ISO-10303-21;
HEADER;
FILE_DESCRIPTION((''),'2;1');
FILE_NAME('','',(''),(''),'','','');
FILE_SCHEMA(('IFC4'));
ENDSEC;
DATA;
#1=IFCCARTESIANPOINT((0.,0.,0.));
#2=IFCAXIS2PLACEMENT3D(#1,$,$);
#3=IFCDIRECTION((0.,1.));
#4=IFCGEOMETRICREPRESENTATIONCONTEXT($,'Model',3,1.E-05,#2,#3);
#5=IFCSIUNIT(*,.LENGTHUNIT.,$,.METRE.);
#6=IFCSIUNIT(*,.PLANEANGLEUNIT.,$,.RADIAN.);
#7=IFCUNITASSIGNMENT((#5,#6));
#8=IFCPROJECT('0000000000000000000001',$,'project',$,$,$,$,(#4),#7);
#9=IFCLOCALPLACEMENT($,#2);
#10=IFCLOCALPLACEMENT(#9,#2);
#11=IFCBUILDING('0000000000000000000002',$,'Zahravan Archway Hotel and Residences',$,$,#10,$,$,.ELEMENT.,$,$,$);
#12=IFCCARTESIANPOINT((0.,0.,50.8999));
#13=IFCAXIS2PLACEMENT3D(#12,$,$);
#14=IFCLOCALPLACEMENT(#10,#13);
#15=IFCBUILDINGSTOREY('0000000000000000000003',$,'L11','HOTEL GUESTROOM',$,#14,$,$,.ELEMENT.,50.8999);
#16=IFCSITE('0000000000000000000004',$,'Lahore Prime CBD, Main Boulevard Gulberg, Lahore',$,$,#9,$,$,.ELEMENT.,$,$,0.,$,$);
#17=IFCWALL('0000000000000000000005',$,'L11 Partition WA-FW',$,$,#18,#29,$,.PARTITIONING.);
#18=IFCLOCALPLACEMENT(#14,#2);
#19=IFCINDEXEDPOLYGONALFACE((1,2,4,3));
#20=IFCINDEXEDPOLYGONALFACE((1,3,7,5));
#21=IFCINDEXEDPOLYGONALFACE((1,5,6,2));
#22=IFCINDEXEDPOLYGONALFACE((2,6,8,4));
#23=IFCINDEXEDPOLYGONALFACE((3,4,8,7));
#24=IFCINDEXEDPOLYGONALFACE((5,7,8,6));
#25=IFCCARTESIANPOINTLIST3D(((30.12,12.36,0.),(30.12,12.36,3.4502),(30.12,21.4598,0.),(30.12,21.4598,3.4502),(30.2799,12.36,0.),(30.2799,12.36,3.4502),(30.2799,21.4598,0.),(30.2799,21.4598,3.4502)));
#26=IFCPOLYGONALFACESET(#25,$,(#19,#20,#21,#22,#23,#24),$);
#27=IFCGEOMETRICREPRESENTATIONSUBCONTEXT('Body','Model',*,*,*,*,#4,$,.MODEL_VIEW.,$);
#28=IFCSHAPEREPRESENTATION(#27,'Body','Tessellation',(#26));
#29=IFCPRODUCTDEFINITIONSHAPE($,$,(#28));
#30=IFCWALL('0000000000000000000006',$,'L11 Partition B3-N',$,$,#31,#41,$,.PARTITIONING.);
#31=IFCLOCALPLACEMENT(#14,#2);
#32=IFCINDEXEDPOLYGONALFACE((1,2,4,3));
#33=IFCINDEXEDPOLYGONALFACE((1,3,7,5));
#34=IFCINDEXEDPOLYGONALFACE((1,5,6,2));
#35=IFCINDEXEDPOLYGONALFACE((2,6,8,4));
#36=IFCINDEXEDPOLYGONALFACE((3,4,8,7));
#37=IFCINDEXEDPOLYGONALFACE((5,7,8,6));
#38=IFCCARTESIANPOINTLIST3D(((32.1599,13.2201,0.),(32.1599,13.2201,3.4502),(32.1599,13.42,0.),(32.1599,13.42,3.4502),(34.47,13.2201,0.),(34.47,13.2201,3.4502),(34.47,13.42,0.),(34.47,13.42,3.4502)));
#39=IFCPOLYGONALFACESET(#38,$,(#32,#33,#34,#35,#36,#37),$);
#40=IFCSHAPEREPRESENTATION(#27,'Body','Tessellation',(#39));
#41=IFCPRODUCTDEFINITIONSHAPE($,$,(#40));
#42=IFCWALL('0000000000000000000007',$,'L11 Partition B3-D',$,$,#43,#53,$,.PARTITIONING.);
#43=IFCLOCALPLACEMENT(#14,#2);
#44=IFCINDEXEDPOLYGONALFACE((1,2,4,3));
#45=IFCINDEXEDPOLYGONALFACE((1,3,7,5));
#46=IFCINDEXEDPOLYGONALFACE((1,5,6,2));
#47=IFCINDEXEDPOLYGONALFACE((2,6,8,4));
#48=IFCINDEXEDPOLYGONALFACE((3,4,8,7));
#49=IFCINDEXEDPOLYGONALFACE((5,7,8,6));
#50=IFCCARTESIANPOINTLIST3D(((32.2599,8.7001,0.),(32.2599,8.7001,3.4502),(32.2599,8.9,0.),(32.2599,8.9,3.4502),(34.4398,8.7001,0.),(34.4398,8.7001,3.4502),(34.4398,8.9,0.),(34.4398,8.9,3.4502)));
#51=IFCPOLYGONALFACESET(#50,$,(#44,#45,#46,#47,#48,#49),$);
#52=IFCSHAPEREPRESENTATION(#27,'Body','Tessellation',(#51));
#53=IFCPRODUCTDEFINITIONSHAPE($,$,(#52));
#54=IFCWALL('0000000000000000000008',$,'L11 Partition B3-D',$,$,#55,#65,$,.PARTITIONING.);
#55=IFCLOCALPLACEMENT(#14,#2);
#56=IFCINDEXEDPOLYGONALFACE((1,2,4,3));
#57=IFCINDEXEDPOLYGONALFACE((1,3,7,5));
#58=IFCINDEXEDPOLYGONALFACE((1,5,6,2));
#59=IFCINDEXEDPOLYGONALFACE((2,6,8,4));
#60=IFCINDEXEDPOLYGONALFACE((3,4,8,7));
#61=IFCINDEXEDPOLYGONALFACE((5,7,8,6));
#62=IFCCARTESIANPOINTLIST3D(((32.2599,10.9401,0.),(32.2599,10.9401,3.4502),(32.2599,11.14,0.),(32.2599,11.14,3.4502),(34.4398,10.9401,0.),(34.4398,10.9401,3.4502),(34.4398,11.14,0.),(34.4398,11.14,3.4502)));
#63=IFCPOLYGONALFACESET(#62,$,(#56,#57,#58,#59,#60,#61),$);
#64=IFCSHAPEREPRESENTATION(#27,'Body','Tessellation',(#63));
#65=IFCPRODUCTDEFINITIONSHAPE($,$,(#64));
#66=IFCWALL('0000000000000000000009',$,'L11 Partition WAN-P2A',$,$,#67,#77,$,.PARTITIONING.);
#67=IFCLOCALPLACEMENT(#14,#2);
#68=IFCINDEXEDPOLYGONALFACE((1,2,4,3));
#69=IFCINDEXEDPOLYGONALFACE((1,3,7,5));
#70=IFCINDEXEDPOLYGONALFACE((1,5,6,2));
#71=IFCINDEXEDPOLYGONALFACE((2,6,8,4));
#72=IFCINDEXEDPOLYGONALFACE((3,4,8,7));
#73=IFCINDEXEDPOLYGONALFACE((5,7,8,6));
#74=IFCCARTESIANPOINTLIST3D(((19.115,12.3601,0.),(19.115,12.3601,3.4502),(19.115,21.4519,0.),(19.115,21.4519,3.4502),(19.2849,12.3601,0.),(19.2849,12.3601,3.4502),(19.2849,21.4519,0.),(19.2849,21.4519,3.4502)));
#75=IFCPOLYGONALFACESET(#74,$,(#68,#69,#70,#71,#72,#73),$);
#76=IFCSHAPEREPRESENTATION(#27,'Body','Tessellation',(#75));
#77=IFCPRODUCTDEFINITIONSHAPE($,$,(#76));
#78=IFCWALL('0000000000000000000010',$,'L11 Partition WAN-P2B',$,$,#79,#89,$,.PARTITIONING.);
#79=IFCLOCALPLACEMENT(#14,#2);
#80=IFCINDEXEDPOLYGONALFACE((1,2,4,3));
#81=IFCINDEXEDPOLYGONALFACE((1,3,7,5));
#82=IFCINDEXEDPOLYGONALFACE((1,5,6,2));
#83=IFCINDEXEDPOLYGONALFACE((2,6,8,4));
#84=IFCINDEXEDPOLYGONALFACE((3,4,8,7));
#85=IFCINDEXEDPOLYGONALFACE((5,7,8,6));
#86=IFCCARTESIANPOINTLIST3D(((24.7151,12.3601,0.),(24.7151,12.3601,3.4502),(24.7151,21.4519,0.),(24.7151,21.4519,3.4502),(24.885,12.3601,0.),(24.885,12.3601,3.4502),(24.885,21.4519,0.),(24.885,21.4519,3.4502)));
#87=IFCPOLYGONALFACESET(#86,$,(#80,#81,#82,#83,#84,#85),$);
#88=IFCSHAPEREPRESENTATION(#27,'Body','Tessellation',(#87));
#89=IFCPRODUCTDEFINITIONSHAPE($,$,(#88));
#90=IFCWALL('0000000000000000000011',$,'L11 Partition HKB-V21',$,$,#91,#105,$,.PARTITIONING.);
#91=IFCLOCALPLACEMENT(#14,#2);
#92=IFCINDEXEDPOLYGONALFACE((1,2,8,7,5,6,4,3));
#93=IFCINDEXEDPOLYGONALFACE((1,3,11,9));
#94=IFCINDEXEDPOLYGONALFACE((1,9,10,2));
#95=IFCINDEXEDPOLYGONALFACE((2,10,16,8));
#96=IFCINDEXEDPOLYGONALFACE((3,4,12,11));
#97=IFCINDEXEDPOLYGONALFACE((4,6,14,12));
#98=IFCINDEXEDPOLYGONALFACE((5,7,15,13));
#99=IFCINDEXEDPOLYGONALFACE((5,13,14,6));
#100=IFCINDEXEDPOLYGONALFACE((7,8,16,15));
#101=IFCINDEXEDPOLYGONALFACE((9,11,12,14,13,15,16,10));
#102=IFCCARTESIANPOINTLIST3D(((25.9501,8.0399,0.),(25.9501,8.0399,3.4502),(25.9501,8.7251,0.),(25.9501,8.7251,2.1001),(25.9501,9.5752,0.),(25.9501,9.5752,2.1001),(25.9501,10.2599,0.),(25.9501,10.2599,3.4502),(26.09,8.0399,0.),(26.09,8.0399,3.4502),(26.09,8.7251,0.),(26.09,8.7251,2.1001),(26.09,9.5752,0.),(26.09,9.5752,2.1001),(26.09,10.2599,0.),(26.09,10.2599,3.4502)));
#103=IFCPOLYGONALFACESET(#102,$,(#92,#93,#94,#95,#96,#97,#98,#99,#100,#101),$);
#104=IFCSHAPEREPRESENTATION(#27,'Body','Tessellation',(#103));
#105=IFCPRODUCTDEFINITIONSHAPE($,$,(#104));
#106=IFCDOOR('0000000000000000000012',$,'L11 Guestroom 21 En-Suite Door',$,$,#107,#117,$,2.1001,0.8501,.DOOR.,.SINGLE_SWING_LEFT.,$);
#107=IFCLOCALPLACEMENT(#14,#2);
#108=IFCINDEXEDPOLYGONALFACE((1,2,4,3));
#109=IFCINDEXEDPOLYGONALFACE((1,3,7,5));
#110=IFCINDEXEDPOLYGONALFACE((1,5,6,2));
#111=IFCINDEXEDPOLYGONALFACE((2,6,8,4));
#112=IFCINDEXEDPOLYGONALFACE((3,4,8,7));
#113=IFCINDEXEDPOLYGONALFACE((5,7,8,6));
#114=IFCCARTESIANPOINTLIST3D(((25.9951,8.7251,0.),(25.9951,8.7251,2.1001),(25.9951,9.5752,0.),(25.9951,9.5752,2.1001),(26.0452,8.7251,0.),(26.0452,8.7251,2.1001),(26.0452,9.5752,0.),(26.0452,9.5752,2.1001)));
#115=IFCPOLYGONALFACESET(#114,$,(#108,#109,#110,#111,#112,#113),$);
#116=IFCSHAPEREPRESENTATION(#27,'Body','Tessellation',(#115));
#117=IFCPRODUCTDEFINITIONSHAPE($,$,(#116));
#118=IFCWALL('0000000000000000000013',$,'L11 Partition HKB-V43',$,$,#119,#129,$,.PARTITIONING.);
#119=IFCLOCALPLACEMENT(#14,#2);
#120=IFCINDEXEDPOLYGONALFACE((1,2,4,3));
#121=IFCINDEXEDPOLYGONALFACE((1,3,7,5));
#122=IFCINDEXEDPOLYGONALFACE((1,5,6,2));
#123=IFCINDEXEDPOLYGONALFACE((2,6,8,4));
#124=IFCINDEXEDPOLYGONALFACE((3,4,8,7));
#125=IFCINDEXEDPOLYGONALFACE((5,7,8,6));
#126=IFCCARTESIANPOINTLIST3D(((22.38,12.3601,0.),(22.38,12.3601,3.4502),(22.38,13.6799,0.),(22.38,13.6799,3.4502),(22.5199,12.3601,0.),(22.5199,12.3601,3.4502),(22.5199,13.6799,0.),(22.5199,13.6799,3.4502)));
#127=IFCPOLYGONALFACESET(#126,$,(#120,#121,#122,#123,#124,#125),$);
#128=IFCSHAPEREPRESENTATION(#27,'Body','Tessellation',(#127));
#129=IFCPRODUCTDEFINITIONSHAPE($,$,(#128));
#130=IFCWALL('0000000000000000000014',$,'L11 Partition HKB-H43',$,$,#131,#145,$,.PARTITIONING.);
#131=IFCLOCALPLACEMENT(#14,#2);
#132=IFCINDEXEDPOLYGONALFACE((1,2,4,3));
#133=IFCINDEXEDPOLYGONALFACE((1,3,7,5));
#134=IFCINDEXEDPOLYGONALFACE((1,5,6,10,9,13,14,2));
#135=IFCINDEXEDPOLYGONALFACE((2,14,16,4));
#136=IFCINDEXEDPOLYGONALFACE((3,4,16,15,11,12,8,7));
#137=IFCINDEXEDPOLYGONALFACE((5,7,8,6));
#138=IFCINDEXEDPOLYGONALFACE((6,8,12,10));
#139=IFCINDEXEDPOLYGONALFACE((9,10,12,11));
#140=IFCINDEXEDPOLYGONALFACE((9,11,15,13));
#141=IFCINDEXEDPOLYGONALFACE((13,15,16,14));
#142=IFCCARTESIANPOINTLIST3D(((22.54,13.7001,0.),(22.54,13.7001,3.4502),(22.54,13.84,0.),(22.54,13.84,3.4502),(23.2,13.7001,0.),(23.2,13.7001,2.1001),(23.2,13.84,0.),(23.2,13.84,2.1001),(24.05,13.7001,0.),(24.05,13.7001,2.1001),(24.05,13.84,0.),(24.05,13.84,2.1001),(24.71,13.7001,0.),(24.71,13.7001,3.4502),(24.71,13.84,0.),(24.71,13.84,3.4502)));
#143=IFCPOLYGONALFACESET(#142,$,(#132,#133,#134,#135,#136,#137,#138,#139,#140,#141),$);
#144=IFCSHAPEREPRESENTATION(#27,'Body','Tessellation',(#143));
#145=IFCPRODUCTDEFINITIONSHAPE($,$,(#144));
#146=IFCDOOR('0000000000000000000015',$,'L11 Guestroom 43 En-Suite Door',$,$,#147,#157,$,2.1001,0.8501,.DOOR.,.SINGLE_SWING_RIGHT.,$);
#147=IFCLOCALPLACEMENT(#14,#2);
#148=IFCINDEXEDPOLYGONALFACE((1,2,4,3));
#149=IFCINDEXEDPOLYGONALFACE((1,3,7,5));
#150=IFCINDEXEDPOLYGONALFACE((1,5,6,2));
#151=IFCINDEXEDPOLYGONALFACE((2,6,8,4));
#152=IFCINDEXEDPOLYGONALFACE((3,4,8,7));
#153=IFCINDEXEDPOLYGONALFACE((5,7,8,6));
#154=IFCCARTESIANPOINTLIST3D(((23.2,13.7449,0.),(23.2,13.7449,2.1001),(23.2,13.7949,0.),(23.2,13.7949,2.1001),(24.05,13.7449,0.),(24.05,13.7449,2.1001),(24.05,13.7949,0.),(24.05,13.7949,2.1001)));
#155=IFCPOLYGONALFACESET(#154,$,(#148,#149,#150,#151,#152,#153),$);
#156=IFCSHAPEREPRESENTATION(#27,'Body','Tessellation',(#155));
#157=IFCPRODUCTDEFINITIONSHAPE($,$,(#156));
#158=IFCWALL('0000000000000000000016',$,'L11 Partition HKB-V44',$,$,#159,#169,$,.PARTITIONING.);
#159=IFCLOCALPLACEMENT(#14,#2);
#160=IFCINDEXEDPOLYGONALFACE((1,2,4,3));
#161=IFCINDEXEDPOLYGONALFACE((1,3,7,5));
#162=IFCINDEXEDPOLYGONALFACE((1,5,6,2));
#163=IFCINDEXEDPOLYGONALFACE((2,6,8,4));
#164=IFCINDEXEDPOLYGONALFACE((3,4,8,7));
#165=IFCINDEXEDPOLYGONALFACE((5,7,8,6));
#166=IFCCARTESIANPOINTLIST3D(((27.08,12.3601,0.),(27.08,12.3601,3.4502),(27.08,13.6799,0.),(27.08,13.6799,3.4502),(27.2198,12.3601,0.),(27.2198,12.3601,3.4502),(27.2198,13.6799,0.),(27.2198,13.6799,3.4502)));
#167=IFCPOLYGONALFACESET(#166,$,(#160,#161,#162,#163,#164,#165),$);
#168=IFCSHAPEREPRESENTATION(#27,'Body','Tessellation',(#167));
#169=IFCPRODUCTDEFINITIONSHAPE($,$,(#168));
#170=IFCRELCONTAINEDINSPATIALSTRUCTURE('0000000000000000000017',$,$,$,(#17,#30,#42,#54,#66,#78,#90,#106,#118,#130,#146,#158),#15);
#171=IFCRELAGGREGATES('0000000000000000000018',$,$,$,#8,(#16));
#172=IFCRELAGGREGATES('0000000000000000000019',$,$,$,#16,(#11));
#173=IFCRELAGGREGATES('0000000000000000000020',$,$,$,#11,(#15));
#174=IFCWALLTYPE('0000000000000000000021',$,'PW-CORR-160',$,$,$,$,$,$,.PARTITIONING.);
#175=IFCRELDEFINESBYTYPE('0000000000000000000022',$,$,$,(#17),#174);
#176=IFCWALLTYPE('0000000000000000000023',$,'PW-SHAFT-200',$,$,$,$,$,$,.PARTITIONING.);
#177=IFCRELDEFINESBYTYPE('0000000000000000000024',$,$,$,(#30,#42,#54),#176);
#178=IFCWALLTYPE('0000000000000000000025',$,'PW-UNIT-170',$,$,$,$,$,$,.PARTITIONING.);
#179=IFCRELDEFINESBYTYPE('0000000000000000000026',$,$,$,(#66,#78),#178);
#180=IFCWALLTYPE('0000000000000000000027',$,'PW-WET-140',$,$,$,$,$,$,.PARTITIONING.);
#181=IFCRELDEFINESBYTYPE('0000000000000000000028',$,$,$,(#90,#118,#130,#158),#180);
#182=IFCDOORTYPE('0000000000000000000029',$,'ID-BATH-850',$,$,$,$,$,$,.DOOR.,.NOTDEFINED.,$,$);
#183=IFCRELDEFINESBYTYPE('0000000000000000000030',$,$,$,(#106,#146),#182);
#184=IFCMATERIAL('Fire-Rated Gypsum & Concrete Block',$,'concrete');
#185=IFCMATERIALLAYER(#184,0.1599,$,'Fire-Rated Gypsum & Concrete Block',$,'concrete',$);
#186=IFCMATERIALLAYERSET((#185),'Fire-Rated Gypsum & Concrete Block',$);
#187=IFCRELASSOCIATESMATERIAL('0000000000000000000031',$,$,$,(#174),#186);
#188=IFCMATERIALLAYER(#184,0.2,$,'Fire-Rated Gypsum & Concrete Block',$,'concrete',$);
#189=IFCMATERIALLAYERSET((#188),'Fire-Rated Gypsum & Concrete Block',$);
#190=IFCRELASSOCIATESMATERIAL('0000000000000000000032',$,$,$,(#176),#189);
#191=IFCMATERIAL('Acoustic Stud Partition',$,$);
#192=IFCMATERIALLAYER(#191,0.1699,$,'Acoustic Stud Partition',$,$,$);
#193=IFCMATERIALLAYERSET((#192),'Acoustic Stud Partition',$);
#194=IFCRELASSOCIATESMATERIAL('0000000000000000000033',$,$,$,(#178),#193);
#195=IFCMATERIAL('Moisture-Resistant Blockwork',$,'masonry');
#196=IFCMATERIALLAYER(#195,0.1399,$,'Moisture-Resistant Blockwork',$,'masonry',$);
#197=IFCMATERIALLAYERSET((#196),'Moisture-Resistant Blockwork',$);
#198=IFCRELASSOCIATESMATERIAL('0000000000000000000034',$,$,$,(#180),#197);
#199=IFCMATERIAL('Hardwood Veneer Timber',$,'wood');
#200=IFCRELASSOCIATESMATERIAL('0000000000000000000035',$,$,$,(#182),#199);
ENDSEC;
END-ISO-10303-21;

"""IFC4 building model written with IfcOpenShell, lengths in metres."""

from ifc_helpers import new_model, si_unit, direction, frame, frame_2d, origin, place, context, subcontext, project, spatial, rectangle, extrude, source, transform, mapped, material, layer, layer_set, type_object, type_shapes, element, fill, save


model = new_model("IFC4")

# Units and contexts
model_context = context("Model", 3, precision=1e-05, world=origin(), true_north=direction((0.0, 1.0)))
body_context = subcontext(model_context, "Body", "Model", "MODEL_VIEW")
ifc_project = project(units=[si_unit("LENGTHUNIT", "METRE"), si_unit("PLANEANGLEUNIT", "RADIAN")], contexts=[model_context])

# Site, building, storey
site_placement = place(None, origin())
site = spatial("IfcSite", under=ifc_project, at=site_placement, Name="Lahore Prime CBD, Main Boulevard Gulberg, Lahore", CompositionType="ELEMENT", RefElevation=0.0)
building_placement = place(site_placement, origin())
building = spatial("IfcBuilding", under=site, at=building_placement, Name="Zahravan Archway Hotel and Residences", CompositionType="ELEMENT")
storey_placement = place(building_placement, frame((0.0, 0.0, 50.8999)))
storey = spatial("IfcBuildingStorey", under=building, at=storey_placement, Name="L11", Description="HOTEL GUESTROOM", CompositionType="ELEMENT", Elevation=50.8999)

# Walls
ifc_material_1 = material(Name="Fire-Rated Gypsum & Concrete Block", Category="concrete")
ifc_layer_1 = layer(ifc_material_1, 0.1599, Name="Fire-Rated Gypsum & Concrete Block", Category="concrete")
ifc_layer_set_1 = layer_set([ifc_layer_1], Name="Fire-Rated Gypsum & Concrete Block")
wall_type_1 = type_object("IfcWallType", Name="PW-CORR-160", PredefinedType="PARTITIONING", material=ifc_layer_set_1)
wall_1_placement = place(storey_placement, frame((30.2, 12.3601, 0.0), z_axis=(0.0, 0.0, 1.0), x_axis=(0.0, 1.0, 0.0)))
element("IfcWall", 1, at=wall_1_placement, inside=storey, type_object=wall_type_1, Name="L11 Partition WA-FW", PredefinedType="PARTITIONING", context=body_context, shape_type="SweptSolid", body=[
    extrude(rectangle(XDim=9.0999, YDim=0.1599, at=frame_2d((4.5498, 0.0))), origin(), (0.0, 0.0, 1.0), 3.4502),
])
ifc_layer_2 = layer(ifc_material_1, 0.2, Name="Fire-Rated Gypsum & Concrete Block", Category="concrete")
ifc_layer_set_2 = layer_set([ifc_layer_2], Name="Fire-Rated Gypsum & Concrete Block")
wall_type_2 = type_object("IfcWallType", Name="PW-SHAFT-200", PredefinedType="PARTITIONING", material=ifc_layer_set_2)
wall_2_placement = place(storey_placement, frame((32.1599, 13.3201, 0.0), z_axis=(0.0, 0.0, 1.0), x_axis=(1.0, 0.0, 0.0)))
element("IfcWall", 2, at=wall_2_placement, inside=storey, type_object=wall_type_2, Name="L11 Partition B3-N", PredefinedType="PARTITIONING", context=body_context, shape_type="SweptSolid", body=[
    extrude(rectangle(XDim=2.3101, YDim=0.2, at=frame_2d((1.155, 0.0))), origin(), (0.0, 0.0, 1.0), 3.4502),
])
for number, where, z_axis, x_axis, name in (
    (3, (32.26, 8.8, 0.0), (0.0, 0.0, 1.0), (1.0, 0.0, 0.0), "L11 Partition B3-D"),
    (4, (32.26, 11.04, 0.0), (0.0, 0.0, 1.0), (1.0, 0.0, 0.0), "L11 Partition B3-D"),
):
    element("IfcWall", number, at=place(storey_placement, frame(where, z_axis=z_axis, x_axis=x_axis)), inside=storey, type_object=wall_type_2, Name=name, PredefinedType="PARTITIONING", context=body_context, shape_type="SweptSolid", body=[
        extrude(rectangle(XDim=2.1799, YDim=0.2, at=frame_2d((1.0898, 0.0))), origin(), (0.0, 0.0, 1.0), 3.4502),
    ])
ifc_material_2 = material(Name="Acoustic Stud Partition")
ifc_layer_3 = layer(ifc_material_2, 0.1699, Name="Acoustic Stud Partition")
ifc_layer_set_3 = layer_set([ifc_layer_3], Name="Acoustic Stud Partition")
wall_type_3 = type_object("IfcWallType", Name="PW-UNIT-170", PredefinedType="PARTITIONING", material=ifc_layer_set_3)
for number, where, z_axis, x_axis, name in (
    (5, (19.2, 12.3601, 0.0), (0.0, 0.0, 1.0), (0.0, 1.0, 0.0), "L11 Partition WAN-P2A"),
    (6, (24.8, 12.3601, 0.0), (0.0, 0.0, 1.0), (0.0, 1.0, 0.0), "L11 Partition WAN-P2B"),
):
    element("IfcWall", number, at=place(storey_placement, frame(where, z_axis=z_axis, x_axis=x_axis)), inside=storey, type_object=wall_type_3, Name=name, PredefinedType="PARTITIONING", context=body_context, shape_type="SweptSolid", body=[
        extrude(rectangle(XDim=9.0918, YDim=0.1699, at=frame_2d((4.5459, 0.0))), origin(), (0.0, 0.0, 1.0), 3.4502),
    ])

# Wall, opening, door
ifc_material_3 = material(Name="Moisture-Resistant Blockwork", Category="masonry")
ifc_layer_4 = layer(ifc_material_3, 0.1399, Name="Moisture-Resistant Blockwork", Category="masonry")
ifc_layer_set_4 = layer_set([ifc_layer_4], Name="Moisture-Resistant Blockwork")
wall_type_4 = type_object("IfcWallType", Name="PW-WET-140", PredefinedType="PARTITIONING", material=ifc_layer_set_4)
wall_3_placement = place(storey_placement, frame((26.02, 8.04, 0.0), z_axis=(0.0, 0.0, 1.0), x_axis=(0.0, 1.0, 0.0)))
wall_3 = element("IfcWall", 7, at=wall_3_placement, inside=storey, type_object=wall_type_4, Name="L11 Partition HKB-V21", PredefinedType="PARTITIONING", context=body_context, shape_type="SweptSolid", body=[
    extrude(rectangle(XDim=2.22, YDim=0.1399, at=frame_2d((1.1099, 0.0))), origin(), (0.0, 0.0, 1.0), 3.4502),
])
opening_1_placement = place(wall_3_placement, frame((0.6851, 0.0, 0.0)))
opening_1 = element("IfcOpeningElement", 8, at=opening_1_placement, cuts=wall_3, PredefinedType="OPENING", context=body_context, shape_type="SweptSolid", body=[
    extrude(rectangle(XDim=0.8501, YDim=2.1001, at=frame_2d((0.425, 1.05))), frame((0.0, 0.0801, 0.0), z_axis=(0.0, -1.0, 0.0), x_axis=(1.0, 0.0, 0.0)), (0.0, 0.0, 1.0), 0.1599),
])
ifc_material_4 = material(Name="Hardwood Veneer Timber", Category="wood")
door_type_1 = type_object("IfcDoorType", Name="ID-BATH-850", OperationType="NOTDEFINED", PredefinedType="DOOR", material=ifc_material_4)
shared_shape_1 = source(origin(), body_context, "Body", "SweptSolid", [
    extrude(rectangle(XDim=0.8501, YDim=2.1001, at=frame_2d((0.425, 1.05))), frame((0.0, 0.0249, 0.0), z_axis=(0.0, -1.0, 0.0), x_axis=(1.0, 0.0, 0.0)), (0.0, 0.0, 1.0), 0.05),
])
type_shapes(door_type_1, [shared_shape_1])
door_1_placement = place(opening_1_placement, origin())
door_1 = element("IfcDoor", 9, at=door_1_placement, inside=storey, type_object=door_type_1, Name="L11 Guestroom 21 En-Suite Door", OperationType="SINGLE_SWING_LEFT", OverallHeight=2.1001, OverallWidth=0.8501, PredefinedType="DOOR", context=body_context, shape_type="MappedRepresentation", body=[
    mapped(shared_shape_1, transform((0.0, 0.0, 0.0), scale=1.0)),
])
fill(opening_1, door_1)

# Wall
wall_4_placement = place(storey_placement, frame((22.45, 12.3601, 0.0), z_axis=(0.0, 0.0, 1.0), x_axis=(0.0, 1.0, 0.0)))
element("IfcWall", 10, at=wall_4_placement, inside=storey, type_object=wall_type_4, Name="L11 Partition HKB-V43", PredefinedType="PARTITIONING", context=body_context, shape_type="SweptSolid", body=[
    extrude(rectangle(XDim=1.3198, YDim=0.1399, at=frame_2d((0.6599, 0.0))), origin(), (0.0, 0.0, 1.0), 3.4502),
])

# Wall, opening, door
wall_5_placement = place(storey_placement, frame((22.54, 13.77, 0.0), z_axis=(0.0, 0.0, 1.0), x_axis=(1.0, 0.0, 0.0)))
wall_5 = element("IfcWall", 11, at=wall_5_placement, inside=storey, type_object=wall_type_4, Name="L11 Partition HKB-H43", PredefinedType="PARTITIONING", context=body_context, shape_type="SweptSolid", body=[
    extrude(rectangle(XDim=2.1699, YDim=0.1399, at=frame_2d((1.085, 0.0))), origin(), (0.0, 0.0, 1.0), 3.4502),
])
opening_2_placement = place(wall_5_placement, frame((0.6599, 0.0, 0.0)))
opening_2 = element("IfcOpeningElement", 12, at=opening_2_placement, cuts=wall_5, PredefinedType="OPENING", context=body_context, shape_type="SweptSolid", body=[
    extrude(rectangle(XDim=0.8501, YDim=2.1001, at=frame_2d((0.425, 1.05))), frame((0.0, 0.0801, 0.0), z_axis=(0.0, -1.0, 0.0), x_axis=(1.0, 0.0, 0.0)), (0.0, 0.0, 1.0), 0.1599),
])
door_2_placement = place(opening_2_placement, origin())
door_2 = element("IfcDoor", 13, at=door_2_placement, inside=storey, type_object=door_type_1, Name="L11 Guestroom 43 En-Suite Door", OperationType="SINGLE_SWING_RIGHT", OverallHeight=2.1001, OverallWidth=0.8501, PredefinedType="DOOR", context=body_context, shape_type="MappedRepresentation", body=[
    mapped(shared_shape_1, transform((0.0, 0.0, 0.0), scale=1.0)),
])
fill(opening_2, door_2)

# Wall
wall_6_placement = place(storey_placement, frame((27.1499, 12.3601, 0.0), z_axis=(0.0, 0.0, 1.0), x_axis=(0.0, 1.0, 0.0)))
element("IfcWall", 14, at=wall_6_placement, inside=storey, type_object=wall_type_4, Name="L11 Partition HKB-V44", PredefinedType="PARTITIONING", context=body_context, shape_type="SweptSolid", body=[
    extrude(rectangle(XDim=1.3198, YDim=0.1399, at=frame_2d((0.6599, 0.0))), origin(), (0.0, 0.0, 1.0), 3.4502),
])

save(model, "model.ifc")
